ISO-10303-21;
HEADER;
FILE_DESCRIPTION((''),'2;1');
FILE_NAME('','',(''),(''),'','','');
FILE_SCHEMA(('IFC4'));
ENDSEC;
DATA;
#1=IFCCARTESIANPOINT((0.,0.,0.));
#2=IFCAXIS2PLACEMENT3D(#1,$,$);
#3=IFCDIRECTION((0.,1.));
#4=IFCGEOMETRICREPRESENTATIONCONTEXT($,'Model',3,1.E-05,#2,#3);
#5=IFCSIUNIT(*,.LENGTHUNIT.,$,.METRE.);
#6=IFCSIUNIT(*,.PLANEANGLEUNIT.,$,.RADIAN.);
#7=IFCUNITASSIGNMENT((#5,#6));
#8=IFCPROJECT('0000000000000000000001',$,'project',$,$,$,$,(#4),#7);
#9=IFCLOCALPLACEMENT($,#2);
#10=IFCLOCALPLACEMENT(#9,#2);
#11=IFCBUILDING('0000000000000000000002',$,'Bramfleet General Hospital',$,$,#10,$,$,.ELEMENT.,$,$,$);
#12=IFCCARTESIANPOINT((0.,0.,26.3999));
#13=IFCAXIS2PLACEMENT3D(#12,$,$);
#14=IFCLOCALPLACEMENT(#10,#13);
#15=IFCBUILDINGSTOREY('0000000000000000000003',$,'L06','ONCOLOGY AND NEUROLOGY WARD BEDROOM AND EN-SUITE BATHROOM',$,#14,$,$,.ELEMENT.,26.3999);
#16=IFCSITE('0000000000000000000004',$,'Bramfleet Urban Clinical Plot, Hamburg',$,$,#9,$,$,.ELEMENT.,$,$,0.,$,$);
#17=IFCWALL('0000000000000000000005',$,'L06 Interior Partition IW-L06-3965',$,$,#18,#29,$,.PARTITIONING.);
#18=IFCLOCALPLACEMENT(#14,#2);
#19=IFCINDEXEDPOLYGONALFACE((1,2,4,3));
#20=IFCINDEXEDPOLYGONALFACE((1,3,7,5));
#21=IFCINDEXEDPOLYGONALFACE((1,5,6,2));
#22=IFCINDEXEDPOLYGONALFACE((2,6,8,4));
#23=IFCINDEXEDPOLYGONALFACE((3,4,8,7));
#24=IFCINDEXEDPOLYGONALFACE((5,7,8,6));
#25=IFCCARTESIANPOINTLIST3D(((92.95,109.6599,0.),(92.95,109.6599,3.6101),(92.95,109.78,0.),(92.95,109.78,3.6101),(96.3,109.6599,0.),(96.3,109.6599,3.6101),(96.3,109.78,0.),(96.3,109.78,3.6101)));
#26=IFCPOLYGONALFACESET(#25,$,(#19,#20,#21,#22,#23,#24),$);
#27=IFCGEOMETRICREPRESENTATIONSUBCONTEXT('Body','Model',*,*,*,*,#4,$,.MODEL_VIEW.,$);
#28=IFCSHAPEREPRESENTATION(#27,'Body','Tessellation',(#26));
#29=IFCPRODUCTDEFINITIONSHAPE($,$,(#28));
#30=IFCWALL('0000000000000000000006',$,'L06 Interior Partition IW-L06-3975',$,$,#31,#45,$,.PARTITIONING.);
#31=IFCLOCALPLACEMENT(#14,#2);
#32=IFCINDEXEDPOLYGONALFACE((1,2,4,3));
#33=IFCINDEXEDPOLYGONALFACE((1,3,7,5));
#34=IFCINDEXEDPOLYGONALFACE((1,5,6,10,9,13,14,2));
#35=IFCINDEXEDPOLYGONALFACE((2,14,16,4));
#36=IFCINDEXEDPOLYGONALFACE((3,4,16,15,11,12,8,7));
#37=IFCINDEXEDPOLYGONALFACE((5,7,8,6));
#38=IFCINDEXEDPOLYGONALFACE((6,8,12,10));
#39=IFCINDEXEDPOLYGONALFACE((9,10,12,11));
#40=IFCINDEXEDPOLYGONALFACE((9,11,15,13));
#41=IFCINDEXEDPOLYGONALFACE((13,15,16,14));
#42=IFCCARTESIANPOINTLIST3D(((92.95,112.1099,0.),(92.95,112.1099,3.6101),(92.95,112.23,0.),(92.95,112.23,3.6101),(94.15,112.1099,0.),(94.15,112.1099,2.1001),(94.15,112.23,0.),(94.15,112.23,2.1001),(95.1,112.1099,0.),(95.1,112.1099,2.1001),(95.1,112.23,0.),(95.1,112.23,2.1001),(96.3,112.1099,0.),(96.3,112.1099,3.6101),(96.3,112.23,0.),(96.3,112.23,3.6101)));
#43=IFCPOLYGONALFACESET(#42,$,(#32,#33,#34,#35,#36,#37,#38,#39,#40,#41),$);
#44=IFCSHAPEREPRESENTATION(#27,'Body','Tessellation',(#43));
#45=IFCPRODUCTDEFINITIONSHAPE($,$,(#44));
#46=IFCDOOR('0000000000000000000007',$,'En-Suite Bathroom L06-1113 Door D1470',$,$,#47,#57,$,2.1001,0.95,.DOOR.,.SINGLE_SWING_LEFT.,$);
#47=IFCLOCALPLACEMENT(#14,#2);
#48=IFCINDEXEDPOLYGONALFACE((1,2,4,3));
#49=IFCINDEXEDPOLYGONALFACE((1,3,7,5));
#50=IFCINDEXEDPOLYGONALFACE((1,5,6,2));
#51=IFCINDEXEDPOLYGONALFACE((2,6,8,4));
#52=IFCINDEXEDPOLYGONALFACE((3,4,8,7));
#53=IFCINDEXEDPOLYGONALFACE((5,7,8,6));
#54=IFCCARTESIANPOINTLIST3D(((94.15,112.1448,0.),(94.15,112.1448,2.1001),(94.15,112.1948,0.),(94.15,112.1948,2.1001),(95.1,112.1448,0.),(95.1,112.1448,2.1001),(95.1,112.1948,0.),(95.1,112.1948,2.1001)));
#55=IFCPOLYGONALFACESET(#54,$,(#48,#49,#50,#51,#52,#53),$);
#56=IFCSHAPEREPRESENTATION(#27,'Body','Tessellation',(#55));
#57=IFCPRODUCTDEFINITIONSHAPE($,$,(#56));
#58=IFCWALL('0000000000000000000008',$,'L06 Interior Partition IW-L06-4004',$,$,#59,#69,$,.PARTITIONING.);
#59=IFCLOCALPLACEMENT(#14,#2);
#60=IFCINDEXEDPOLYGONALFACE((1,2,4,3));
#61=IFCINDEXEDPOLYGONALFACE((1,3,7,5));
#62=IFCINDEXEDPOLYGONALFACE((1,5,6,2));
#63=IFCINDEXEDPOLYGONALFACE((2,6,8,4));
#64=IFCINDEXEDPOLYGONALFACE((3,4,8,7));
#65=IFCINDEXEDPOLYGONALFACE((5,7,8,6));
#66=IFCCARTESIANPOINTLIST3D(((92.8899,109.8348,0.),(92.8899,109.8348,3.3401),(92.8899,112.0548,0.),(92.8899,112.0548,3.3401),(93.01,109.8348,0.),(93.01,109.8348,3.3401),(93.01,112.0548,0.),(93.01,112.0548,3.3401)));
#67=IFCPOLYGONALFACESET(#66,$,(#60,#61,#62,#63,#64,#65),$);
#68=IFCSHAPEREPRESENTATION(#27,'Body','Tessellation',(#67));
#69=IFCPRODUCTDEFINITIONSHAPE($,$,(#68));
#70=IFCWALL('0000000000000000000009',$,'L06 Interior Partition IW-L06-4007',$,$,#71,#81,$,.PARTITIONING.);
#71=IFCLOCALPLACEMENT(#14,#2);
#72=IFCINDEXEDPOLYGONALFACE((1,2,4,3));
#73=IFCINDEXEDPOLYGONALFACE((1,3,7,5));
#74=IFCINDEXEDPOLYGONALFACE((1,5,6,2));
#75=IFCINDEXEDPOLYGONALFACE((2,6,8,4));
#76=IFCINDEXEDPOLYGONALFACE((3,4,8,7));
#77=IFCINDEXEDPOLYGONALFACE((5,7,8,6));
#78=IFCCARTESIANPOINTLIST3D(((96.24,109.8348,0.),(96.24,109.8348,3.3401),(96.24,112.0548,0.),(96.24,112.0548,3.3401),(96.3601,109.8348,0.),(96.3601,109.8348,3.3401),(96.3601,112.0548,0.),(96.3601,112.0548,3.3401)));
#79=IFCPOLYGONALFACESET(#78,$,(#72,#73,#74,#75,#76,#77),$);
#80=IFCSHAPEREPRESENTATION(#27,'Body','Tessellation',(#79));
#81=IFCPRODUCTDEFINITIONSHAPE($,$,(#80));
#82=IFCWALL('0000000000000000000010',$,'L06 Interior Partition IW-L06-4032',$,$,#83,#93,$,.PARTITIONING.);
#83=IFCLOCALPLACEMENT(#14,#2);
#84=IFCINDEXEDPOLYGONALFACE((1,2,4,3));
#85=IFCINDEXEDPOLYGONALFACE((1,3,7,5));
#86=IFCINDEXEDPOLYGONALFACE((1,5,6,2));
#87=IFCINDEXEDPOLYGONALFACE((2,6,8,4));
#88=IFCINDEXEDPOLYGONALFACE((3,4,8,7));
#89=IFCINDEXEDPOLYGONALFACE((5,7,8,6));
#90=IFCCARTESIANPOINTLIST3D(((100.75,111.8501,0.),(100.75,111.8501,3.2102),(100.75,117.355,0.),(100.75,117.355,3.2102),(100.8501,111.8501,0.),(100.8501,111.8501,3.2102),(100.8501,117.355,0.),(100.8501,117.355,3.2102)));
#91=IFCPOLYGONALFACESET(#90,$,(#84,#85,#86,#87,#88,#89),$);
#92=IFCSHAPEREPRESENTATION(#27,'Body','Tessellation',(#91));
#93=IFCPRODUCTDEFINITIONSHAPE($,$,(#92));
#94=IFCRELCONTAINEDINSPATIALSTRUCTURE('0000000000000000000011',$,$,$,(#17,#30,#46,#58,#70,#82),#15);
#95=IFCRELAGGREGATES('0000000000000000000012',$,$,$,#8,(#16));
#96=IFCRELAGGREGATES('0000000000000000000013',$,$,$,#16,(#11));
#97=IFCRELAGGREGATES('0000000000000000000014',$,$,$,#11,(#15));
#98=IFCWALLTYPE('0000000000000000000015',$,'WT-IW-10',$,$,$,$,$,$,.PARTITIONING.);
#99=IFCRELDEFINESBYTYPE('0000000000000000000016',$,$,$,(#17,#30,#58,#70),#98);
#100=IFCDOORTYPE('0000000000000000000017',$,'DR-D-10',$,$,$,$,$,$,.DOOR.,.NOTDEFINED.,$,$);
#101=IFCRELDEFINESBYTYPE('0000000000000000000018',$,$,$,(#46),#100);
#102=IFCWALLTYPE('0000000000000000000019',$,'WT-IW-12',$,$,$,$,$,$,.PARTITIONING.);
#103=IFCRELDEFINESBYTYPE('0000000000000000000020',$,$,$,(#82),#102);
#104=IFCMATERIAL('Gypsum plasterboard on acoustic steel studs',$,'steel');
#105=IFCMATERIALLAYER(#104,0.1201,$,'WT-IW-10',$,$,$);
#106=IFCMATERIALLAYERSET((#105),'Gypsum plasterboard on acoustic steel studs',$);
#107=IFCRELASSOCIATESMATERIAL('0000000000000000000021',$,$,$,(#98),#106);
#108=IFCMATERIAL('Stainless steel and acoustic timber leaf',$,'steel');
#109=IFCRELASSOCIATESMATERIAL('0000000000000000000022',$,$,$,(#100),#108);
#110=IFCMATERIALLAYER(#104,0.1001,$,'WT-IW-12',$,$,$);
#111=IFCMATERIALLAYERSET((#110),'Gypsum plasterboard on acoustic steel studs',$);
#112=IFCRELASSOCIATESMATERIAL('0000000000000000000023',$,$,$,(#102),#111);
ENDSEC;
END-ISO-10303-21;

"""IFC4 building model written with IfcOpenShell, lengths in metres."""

from ifc_helpers import new_model, si_unit, direction, frame, frame_2d, origin, place, context, subcontext, project, spatial, rectangle, extrude, material, layer, layer_set, type_object, element, fill, save


model = new_model("IFC4")

# Units and contexts
model_context = context("Model", 3, precision=1e-05, world=origin(), true_north=direction((0.0, 1.0)))
body_context = subcontext(model_context, "Body", "Model", "MODEL_VIEW")
ifc_project = project(units=[si_unit("LENGTHUNIT", "METRE"), si_unit("PLANEANGLEUNIT", "RADIAN")], contexts=[model_context])

# Site, building, storey
site_placement = place(None, origin())
site = spatial("IfcSite", under=ifc_project, at=site_placement, Name="Bramfleet Urban Clinical Plot, Hamburg", CompositionType="ELEMENT", RefElevation=0.0)
building_placement = place(site_placement, origin())
building = spatial("IfcBuilding", under=site, at=building_placement, Name="Bramfleet General Hospital", CompositionType="ELEMENT")
storey_placement = place(building_placement, frame((0.0, 0.0, 26.3999)))
storey = spatial("IfcBuildingStorey", under=building, at=storey_placement, Name="L06", Description="ONCOLOGY AND NEUROLOGY WARD BEDROOM AND EN-SUITE BATHROOM", CompositionType="ELEMENT", Elevation=26.3999)

# Shared definitions
ifc_material_1 = material(Name="Gypsum plasterboard on acoustic steel studs", Category="steel")

# Shared definitions
ifc_material_2 = material(Name="Stainless steel and acoustic timber leaf", Category="steel")

# Wall
ifc_layer_1 = layer(ifc_material_1, 0.1201, Name="WT-IW-10")
ifc_layer_set_1 = layer_set([ifc_layer_1], Name="Gypsum plasterboard on acoustic steel studs")
wall_type_1 = type_object("IfcWallType", Name="WT-IW-10", PredefinedType="PARTITIONING", material=ifc_layer_set_1)
wall_1_placement = place(storey_placement, frame((92.95, 109.72, 0.0), z_axis=(0.0, 0.0, 1.0), x_axis=(1.0, 0.0, 0.0)))
element("IfcWall", 1, at=wall_1_placement, inside=storey, type_object=wall_type_1, Name="L06 Interior Partition IW-L06-3965", PredefinedType="PARTITIONING", context=body_context, shape_type="SweptSolid", body=[
    extrude(rectangle(XDim=3.3501, YDim=0.1201, at=frame_2d((1.675, 0.0))), origin(), (0.0, 0.0, 1.0), 3.6101),
])

# Wall, opening, door
wall_2_placement = place(storey_placement, frame((92.95, 112.1699, 0.0), z_axis=(0.0, 0.0, 1.0), x_axis=(1.0, 0.0, 0.0)))
wall_2 = element("IfcWall", 2, at=wall_2_placement, inside=storey, type_object=wall_type_1, Name="L06 Interior Partition IW-L06-3975", PredefinedType="PARTITIONING", context=body_context, shape_type="SweptSolid", body=[
    extrude(rectangle(XDim=3.3501, YDim=0.1201, at=frame_2d((1.675, 0.0))), origin(), (0.0, 0.0, 1.0), 3.6101),
])
opening_1_placement = place(wall_2_placement, frame((1.2, 0.0, 0.0)))
opening_1 = element("IfcOpeningElement", 3, at=opening_1_placement, cuts=wall_2, PredefinedType="OPENING", context=body_context, shape_type="SweptSolid", body=[
    extrude(rectangle(XDim=0.95, YDim=2.1001, at=frame_2d((0.4751, 1.05))), frame((0.0, 0.0701, 0.0), z_axis=(0.0, -1.0, 0.0), x_axis=(1.0, 0.0, 0.0)), (0.0, 0.0, 1.0), 0.1401),
])
door_type_1 = type_object("IfcDoorType", Name="DR-D-10", OperationType="NOTDEFINED", PredefinedType="DOOR", material=ifc_material_2)
door_1_placement = place(opening_1_placement, origin())
door_1 = element("IfcDoor", 4, at=door_1_placement, inside=storey, type_object=door_type_1, Name="En-Suite Bathroom L06-1113 Door D1470", OperationType="SINGLE_SWING_LEFT", OverallHeight=2.1001, OverallWidth=0.95, PredefinedType="DOOR", context=body_context, shape_type="SweptSolid", body=[
    extrude(rectangle(XDim=0.95, YDim=2.1001, at=frame_2d((0.4751, 1.05))), frame((0.0, 0.0249, 0.0), z_axis=(0.0, -1.0, 0.0), x_axis=(1.0, 0.0, 0.0)), (0.0, 0.0, 1.0), 0.05),
])
fill(opening_1, door_1)

# Walls
for number, where, z_axis, x_axis, name in (
    (5, (92.95, 109.835, 0.0), (0.0, 0.0, 1.0), (0.0, 1.0, 0.0), "L06 Interior Partition IW-L06-4004"),
    (6, (96.3, 109.835, 0.0), (0.0, 0.0, 1.0), (0.0, 1.0, 0.0), "L06 Interior Partition IW-L06-4007"),
):
    element("IfcWall", number, at=place(storey_placement, frame(where, z_axis=z_axis, x_axis=x_axis)), inside=storey, type_object=wall_type_1, Name=name, PredefinedType="PARTITIONING", context=body_context, shape_type="SweptSolid", body=[
        extrude(rectangle(XDim=2.22, YDim=0.1201, at=frame_2d((1.1099, 0.0))), origin(), (0.0, 0.0, 1.0), 3.3401),
    ])
ifc_layer_2 = layer(ifc_material_1, 0.1001, Name="WT-IW-12")
ifc_layer_set_2 = layer_set([ifc_layer_2], Name="Gypsum plasterboard on acoustic steel studs")
wall_type_2 = type_object("IfcWallType", Name="WT-IW-12", PredefinedType="PARTITIONING", material=ifc_layer_set_2)
wall_3_placement = place(storey_placement, frame((100.8, 111.8501, 0.0), z_axis=(0.0, 0.0, 1.0), x_axis=(0.0, 1.0, 0.0)))
element("IfcWall", 7, at=wall_3_placement, inside=storey, type_object=wall_type_2, Name="L06 Interior Partition IW-L06-4032", PredefinedType="PARTITIONING", context=body_context, shape_type="SweptSolid", body=[
    extrude(rectangle(XDim=5.5049, YDim=0.1001, at=frame_2d((2.7524, 0.0))), origin(), (0.0, 0.0, 1.0), 3.2102),
])

save(model, "model.ifc")
